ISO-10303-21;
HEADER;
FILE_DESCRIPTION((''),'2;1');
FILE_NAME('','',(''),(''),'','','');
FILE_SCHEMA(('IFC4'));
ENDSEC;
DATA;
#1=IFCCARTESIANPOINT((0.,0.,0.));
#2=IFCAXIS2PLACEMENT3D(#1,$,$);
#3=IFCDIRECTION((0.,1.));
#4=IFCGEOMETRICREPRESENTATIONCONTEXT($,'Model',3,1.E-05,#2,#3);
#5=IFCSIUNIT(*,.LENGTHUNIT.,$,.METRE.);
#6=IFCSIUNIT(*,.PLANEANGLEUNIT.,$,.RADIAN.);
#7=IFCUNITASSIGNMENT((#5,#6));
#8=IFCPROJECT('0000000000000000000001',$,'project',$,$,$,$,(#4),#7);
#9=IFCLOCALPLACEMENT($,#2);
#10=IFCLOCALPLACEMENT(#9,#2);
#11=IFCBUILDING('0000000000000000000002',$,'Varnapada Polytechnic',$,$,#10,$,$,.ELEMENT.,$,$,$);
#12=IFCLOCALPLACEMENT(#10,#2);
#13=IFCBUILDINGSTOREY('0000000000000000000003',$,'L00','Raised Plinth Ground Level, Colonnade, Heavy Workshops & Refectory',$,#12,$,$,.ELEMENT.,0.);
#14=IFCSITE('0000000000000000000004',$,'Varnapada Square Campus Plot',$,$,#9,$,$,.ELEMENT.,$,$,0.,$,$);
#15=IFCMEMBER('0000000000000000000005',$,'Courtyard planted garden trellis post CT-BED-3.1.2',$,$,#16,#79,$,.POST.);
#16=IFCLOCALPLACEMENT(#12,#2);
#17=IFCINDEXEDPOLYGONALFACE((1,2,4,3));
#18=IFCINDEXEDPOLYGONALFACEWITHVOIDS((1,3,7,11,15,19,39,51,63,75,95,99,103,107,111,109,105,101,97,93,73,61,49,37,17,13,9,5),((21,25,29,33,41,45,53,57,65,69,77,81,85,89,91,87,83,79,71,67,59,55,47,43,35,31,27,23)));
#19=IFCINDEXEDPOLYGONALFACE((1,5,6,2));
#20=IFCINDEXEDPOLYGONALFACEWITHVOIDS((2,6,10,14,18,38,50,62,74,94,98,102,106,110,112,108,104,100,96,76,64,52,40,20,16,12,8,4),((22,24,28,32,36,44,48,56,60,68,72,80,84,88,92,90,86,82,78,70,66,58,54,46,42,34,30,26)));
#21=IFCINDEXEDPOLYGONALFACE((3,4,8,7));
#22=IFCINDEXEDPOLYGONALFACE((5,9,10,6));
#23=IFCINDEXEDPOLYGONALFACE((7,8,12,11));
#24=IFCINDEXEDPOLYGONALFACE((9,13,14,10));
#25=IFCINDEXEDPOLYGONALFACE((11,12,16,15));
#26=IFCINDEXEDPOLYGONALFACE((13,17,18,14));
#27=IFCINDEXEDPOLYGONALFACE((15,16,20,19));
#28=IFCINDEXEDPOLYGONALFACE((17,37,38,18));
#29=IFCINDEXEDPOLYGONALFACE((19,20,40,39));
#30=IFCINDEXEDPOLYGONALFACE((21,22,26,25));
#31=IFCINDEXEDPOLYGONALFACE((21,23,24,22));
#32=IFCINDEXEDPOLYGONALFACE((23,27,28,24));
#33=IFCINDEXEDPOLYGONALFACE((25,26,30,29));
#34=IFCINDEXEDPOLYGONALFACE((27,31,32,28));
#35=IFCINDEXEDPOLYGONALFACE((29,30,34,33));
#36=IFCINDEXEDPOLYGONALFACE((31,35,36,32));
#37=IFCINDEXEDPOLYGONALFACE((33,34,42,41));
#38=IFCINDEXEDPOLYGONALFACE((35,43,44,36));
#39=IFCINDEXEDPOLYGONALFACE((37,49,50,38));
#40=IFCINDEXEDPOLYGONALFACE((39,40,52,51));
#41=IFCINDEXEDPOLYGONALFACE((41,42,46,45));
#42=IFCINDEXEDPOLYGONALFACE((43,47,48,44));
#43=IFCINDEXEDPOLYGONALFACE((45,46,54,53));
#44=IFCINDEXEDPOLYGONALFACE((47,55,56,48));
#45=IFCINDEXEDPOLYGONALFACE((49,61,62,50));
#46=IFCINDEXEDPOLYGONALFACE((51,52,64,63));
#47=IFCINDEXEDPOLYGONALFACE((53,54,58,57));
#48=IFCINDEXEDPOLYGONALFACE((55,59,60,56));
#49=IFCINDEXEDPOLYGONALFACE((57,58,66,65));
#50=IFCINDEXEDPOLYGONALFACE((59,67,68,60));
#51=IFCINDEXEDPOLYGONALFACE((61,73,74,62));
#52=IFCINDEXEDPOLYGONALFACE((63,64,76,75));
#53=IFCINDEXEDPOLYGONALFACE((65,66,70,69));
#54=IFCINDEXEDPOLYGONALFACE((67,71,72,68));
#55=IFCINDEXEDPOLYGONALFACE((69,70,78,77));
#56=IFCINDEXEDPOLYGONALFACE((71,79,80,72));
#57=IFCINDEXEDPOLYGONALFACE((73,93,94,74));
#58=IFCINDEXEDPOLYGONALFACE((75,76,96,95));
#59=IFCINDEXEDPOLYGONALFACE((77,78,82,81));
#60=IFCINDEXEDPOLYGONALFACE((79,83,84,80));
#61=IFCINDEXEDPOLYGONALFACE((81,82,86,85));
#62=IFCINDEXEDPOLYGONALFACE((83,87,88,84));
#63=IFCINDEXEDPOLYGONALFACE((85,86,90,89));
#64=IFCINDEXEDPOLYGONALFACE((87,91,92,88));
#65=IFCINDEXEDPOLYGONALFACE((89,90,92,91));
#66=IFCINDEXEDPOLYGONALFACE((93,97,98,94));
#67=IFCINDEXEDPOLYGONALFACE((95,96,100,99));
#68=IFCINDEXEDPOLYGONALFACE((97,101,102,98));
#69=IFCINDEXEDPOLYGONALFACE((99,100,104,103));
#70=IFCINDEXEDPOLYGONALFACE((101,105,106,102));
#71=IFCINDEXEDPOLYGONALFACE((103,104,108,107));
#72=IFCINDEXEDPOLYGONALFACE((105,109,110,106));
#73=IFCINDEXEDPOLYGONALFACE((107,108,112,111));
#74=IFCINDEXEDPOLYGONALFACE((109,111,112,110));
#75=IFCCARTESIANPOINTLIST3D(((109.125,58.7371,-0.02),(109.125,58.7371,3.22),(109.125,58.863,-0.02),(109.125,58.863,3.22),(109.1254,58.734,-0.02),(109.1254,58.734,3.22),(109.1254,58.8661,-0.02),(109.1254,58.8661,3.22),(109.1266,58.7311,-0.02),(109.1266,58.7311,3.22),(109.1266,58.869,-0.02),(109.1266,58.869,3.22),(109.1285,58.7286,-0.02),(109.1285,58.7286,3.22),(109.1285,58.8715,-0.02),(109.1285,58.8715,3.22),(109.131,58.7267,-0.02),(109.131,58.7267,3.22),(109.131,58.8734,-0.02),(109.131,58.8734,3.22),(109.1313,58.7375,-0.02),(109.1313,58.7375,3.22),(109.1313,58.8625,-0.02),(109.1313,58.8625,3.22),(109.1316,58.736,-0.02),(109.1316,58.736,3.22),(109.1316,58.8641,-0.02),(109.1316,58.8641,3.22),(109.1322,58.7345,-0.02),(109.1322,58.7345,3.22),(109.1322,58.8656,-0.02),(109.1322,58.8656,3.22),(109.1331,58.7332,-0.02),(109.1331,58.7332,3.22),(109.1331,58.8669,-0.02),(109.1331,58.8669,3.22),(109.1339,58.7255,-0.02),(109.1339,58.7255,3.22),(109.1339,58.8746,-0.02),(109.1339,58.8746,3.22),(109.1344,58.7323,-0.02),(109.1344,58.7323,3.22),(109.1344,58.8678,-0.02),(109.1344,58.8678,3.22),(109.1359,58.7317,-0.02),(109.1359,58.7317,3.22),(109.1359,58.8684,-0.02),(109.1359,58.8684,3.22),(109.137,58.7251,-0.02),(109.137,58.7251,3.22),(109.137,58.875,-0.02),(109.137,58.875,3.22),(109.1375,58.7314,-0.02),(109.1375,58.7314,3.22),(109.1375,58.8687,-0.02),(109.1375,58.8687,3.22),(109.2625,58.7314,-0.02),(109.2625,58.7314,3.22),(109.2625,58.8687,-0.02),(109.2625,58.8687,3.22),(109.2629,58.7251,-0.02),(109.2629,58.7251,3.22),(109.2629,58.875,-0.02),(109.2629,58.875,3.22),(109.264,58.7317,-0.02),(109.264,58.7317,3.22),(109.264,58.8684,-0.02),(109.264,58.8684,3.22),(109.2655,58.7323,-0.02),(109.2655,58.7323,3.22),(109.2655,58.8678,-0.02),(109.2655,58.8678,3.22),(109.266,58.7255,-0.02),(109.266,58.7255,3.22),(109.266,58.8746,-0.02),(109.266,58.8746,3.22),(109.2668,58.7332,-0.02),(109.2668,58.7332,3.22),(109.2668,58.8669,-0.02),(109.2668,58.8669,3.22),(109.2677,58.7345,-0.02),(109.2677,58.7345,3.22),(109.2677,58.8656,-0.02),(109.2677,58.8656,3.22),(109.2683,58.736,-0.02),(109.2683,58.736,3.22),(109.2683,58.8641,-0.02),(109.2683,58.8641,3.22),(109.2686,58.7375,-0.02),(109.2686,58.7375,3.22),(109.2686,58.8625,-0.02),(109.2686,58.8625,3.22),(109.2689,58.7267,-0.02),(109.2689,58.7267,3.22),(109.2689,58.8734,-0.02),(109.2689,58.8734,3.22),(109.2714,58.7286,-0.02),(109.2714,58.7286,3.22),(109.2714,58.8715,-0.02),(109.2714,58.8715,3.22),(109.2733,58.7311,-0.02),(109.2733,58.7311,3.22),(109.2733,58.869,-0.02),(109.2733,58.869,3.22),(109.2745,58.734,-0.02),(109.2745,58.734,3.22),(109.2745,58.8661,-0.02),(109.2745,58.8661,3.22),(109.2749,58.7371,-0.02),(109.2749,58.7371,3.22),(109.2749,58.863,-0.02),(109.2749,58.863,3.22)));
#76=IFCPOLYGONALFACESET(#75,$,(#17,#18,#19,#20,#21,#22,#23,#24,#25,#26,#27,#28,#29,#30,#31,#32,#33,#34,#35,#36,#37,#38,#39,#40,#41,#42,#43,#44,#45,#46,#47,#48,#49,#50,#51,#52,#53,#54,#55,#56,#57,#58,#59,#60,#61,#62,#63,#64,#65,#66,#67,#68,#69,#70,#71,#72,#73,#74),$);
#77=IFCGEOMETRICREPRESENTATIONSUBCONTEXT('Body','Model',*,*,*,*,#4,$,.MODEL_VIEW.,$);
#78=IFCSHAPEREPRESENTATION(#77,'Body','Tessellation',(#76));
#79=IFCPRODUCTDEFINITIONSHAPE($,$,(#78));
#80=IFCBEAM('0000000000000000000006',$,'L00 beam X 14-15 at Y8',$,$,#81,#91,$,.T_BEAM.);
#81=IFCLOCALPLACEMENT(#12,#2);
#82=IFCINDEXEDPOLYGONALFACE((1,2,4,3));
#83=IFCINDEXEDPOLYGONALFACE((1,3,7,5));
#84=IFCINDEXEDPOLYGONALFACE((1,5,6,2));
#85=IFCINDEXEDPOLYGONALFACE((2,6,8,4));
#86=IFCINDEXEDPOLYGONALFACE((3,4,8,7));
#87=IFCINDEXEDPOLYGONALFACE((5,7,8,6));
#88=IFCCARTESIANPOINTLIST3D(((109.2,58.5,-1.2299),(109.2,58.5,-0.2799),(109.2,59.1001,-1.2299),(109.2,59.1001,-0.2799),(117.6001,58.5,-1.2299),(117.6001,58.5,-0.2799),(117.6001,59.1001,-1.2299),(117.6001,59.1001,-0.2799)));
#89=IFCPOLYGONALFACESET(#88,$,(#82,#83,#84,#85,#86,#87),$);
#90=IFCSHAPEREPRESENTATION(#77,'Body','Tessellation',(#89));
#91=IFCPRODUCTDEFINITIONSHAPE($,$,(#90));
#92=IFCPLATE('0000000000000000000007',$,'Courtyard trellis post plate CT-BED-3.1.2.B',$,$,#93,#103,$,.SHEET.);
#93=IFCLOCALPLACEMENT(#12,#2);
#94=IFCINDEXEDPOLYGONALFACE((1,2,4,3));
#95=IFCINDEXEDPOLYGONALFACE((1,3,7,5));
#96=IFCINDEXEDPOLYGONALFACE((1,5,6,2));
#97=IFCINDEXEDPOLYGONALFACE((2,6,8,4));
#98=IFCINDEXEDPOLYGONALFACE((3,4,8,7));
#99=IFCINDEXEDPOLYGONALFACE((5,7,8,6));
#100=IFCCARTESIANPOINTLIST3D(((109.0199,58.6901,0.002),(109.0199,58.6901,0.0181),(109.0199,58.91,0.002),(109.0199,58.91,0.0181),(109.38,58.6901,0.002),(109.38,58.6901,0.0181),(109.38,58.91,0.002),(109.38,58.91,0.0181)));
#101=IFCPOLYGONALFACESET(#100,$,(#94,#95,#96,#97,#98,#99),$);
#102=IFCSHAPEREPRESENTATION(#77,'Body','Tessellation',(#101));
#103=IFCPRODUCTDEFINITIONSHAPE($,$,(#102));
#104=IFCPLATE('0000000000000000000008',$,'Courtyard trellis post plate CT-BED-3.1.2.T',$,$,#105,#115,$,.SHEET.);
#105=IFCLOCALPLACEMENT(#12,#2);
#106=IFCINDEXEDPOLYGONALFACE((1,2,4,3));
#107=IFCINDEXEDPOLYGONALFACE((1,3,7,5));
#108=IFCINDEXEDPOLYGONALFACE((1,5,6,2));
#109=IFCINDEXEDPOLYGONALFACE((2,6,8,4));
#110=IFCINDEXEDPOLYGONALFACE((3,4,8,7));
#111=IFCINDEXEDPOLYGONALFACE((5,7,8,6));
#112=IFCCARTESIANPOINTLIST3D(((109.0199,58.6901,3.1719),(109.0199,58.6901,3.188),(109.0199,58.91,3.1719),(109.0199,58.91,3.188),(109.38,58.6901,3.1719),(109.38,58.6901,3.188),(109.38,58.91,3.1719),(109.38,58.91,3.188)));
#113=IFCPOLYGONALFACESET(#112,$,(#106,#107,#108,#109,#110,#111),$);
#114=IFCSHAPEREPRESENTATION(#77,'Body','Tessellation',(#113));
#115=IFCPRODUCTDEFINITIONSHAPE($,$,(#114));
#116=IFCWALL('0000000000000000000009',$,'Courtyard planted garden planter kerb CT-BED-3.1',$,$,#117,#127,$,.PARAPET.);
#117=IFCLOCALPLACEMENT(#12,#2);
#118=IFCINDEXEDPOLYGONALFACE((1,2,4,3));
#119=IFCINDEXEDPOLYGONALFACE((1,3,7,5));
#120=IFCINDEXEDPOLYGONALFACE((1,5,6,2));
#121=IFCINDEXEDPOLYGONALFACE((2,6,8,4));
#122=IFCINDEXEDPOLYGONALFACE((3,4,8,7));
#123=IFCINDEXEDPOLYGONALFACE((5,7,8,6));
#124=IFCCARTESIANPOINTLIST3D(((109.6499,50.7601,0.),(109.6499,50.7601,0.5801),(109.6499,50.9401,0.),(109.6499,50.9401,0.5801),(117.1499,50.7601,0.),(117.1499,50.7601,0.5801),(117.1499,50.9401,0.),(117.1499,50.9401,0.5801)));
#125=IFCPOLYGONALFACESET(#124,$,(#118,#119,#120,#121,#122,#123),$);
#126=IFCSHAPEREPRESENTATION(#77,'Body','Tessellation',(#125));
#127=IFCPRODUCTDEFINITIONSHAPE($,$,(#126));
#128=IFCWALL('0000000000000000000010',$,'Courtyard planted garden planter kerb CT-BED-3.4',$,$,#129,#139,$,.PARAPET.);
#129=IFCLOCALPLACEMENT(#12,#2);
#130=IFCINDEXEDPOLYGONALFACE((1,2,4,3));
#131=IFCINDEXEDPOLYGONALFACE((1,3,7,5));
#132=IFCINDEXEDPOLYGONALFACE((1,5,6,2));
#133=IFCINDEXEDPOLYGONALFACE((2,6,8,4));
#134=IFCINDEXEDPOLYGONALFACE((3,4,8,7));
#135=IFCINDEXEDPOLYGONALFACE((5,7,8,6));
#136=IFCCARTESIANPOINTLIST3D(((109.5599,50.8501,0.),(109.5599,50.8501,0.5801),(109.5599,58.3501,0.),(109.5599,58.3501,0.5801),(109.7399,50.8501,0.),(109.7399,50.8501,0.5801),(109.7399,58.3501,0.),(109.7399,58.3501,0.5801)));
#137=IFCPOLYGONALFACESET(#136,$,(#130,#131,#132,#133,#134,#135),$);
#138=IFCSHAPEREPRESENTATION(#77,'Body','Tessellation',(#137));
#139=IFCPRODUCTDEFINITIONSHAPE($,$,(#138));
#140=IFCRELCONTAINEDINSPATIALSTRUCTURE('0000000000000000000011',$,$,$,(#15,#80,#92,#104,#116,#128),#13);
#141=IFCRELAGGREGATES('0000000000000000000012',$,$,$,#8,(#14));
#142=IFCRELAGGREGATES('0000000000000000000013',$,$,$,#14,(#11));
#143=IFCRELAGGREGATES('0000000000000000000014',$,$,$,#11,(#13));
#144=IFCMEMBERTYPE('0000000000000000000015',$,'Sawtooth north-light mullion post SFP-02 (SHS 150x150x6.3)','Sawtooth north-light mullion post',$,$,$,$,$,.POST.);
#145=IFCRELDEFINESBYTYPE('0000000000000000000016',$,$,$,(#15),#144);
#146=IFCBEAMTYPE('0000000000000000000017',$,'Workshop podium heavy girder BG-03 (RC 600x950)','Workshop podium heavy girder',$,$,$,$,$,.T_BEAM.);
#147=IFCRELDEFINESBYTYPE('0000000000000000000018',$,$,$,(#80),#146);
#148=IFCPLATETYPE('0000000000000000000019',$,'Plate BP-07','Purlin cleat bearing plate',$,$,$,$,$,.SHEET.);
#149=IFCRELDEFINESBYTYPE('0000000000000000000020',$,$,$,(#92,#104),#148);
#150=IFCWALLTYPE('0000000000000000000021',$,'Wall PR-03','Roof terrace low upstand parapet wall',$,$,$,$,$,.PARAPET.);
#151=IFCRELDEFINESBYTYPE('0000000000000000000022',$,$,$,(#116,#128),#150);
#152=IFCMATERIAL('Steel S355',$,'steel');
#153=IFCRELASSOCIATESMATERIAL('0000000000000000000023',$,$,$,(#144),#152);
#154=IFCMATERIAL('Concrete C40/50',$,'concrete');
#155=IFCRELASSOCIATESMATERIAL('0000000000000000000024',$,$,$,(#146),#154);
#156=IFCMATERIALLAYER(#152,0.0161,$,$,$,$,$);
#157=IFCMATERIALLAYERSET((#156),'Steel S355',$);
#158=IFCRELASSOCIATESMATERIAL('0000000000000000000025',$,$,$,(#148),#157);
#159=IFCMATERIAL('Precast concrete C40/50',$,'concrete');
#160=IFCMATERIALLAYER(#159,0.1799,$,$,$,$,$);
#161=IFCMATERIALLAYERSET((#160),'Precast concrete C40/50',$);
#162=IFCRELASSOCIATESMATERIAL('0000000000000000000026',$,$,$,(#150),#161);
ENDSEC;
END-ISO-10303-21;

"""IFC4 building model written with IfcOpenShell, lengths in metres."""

from ifc_helpers import new_model, si_unit, direction, frame, frame_2d, origin, origin_2d, place, context, subcontext, project, spatial, rectangle, hollow_rectangle, extrude, material, layer, layer_set, material_profile, profile_set, type_object, element, save


model = new_model("IFC4")

# Units and contexts
model_context = context("Model", 3, precision=1e-05, world=origin(), true_north=direction((0.0, 1.0)))
body_context = subcontext(model_context, "Body", "Model", "MODEL_VIEW")
ifc_project = project(units=[si_unit("LENGTHUNIT", "METRE"), si_unit("PLANEANGLEUNIT", "RADIAN")], contexts=[model_context])

# Site, building, storey
site_placement = place(None, origin())
site = spatial("IfcSite", under=ifc_project, at=site_placement, Name="Varnapada Square Campus Plot", CompositionType="ELEMENT", RefElevation=0.0)
building_placement = place(site_placement, origin())
building = spatial("IfcBuilding", under=site, at=building_placement, Name="Varnapada Polytechnic", CompositionType="ELEMENT")
storey_placement = place(building_placement, origin())
storey = spatial("IfcBuildingStorey", under=building, at=storey_placement, Name="L00", Description="Raised Plinth Ground Level, Colonnade, Heavy Workshops & Refectory", CompositionType="ELEMENT", Elevation=0.0)

# Shared definitions
ifc_material_1 = material(Name="Concrete C40/50", Category="concrete")

# Shared definitions
ifc_material_2 = material(Name="Steel S355", Category="steel")

# Member
ifc_material_profile_1 = material_profile(ifc_material_2, hollow_rectangle(XDim=0.1499, YDim=0.1499, WallThickness=0.0063, InnerFilletRadius=0.0061, OuterFilletRadius=0.012, at=origin_2d()), Name="SHS 150x150x6.3")
ifc_profile_set_1 = profile_set([ifc_material_profile_1], Name="Steel S355")
member_type_1 = type_object("IfcMemberType", Name="Sawtooth north-light mullion post SFP-02 (SHS 150x150x6.3)", Description="Sawtooth north-light mullion post", PredefinedType="POST", material=ifc_profile_set_1)
member_placement = place(storey_placement, frame((109.2, 58.8, -0.02), z_axis=(0.0, 0.0, 1.0), x_axis=(1.0, 0.0, 0.0)))
element("IfcMember", 1, at=member_placement, inside=storey, type_object=member_type_1, Name="Courtyard planted garden trellis post CT-BED-3.1.2", PredefinedType="POST", context=body_context, shape_type="SweptSolid", body=[
    extrude(hollow_rectangle(XDim=0.1499, YDim=0.1499, WallThickness=0.0063, InnerFilletRadius=0.0061, OuterFilletRadius=0.012, at=origin_2d()), origin(), (0.0, 0.0, 1.0), 3.24),
])

# Beam
ifc_material_profile_2 = material_profile(ifc_material_1, rectangle(XDim=0.6001, YDim=0.95, at=origin_2d()), Name="RC 600x950")
ifc_profile_set_2 = profile_set([ifc_material_profile_2], Name="Concrete C40/50")
beam_type_1 = type_object("IfcBeamType", Name="Workshop podium heavy girder BG-03 (RC 600x950)", Description="Workshop podium heavy girder", PredefinedType="T_BEAM", material=ifc_profile_set_2)
beam_1_placement = place(storey_placement, frame((109.2, 58.8, -0.7549), z_axis=(1.0, 0.0, 0.0), x_axis=(0.0, 1.0, 0.0)))
element("IfcBeam", 2, at=beam_1_placement, inside=storey, type_object=beam_type_1, Name="L00 beam X 14-15 at Y8", PredefinedType="T_BEAM", context=body_context, shape_type="SweptSolid", body=[
    extrude(rectangle(XDim=0.6001, YDim=0.95, at=origin_2d()), origin(), (0.0, 0.0, 1.0), 8.4001),
])

# Plates
ifc_layer_1 = layer(ifc_material_2, 0.0161)
ifc_layer_set_1 = layer_set([ifc_layer_1], Name="Steel S355")
plate_type = type_object("IfcPlateType", Name="Plate BP-07", Description="Purlin cleat bearing plate", PredefinedType="SHEET", material=ifc_layer_set_1)
for number, where, z_axis, x_axis, name in (
    (3, (109.2, 58.8, 0.002), (0.0, 0.0, 1.0), (1.0, 0.0, 0.0), "Courtyard trellis post plate CT-BED-3.1.2.B"),
    (4, (109.2, 58.8, 3.1719), (0.0, 0.0, 1.0), (1.0, 0.0, 0.0), "Courtyard trellis post plate CT-BED-3.1.2.T"),
):
    element("IfcPlate", number, at=place(storey_placement, frame(where, z_axis=z_axis, x_axis=x_axis)), inside=storey, type_object=plate_type, Name=name, PredefinedType="SHEET", context=body_context, shape_type="SweptSolid", body=[
        extrude(rectangle(XDim=0.3601, YDim=0.22, at=origin_2d()), origin(), (0.0, 0.0, 1.0), 0.0161),
    ])

# Walls
ifc_material_3 = material(Name="Precast concrete C40/50", Category="concrete")
ifc_layer_2 = layer(ifc_material_3, 0.1799)
ifc_layer_set_2 = layer_set([ifc_layer_2], Name="Precast concrete C40/50")
wall_type = type_object("IfcWallType", Name="Wall PR-03", Description="Roof terrace low upstand parapet wall", PredefinedType="PARAPET", material=ifc_layer_set_2)
for number, where, z_axis, x_axis, name in (
    (5, (109.6499, 50.8501, 0.0), (0.0, 0.0, 1.0), (1.0, 0.0, 0.0), "Courtyard planted garden planter kerb CT-BED-3.1"),
    (6, (109.6499, 58.3501, 0.0), (0.0, 0.0, 1.0), (0.0, -1.0, 0.0), "Courtyard planted garden planter kerb CT-BED-3.4"),
):
    element("IfcWall", number, at=place(storey_placement, frame(where, z_axis=z_axis, x_axis=x_axis)), inside=storey, type_object=wall_type, Name=name, PredefinedType="PARAPET", context=body_context, shape_type="SweptSolid", body=[
        extrude(rectangle(XDim=7.5, YDim=0.1799, at=frame_2d((3.75, 0.0))), origin(), (0.0, 0.0, 1.0), 0.5801),
    ])

save(model, "model.ifc")
